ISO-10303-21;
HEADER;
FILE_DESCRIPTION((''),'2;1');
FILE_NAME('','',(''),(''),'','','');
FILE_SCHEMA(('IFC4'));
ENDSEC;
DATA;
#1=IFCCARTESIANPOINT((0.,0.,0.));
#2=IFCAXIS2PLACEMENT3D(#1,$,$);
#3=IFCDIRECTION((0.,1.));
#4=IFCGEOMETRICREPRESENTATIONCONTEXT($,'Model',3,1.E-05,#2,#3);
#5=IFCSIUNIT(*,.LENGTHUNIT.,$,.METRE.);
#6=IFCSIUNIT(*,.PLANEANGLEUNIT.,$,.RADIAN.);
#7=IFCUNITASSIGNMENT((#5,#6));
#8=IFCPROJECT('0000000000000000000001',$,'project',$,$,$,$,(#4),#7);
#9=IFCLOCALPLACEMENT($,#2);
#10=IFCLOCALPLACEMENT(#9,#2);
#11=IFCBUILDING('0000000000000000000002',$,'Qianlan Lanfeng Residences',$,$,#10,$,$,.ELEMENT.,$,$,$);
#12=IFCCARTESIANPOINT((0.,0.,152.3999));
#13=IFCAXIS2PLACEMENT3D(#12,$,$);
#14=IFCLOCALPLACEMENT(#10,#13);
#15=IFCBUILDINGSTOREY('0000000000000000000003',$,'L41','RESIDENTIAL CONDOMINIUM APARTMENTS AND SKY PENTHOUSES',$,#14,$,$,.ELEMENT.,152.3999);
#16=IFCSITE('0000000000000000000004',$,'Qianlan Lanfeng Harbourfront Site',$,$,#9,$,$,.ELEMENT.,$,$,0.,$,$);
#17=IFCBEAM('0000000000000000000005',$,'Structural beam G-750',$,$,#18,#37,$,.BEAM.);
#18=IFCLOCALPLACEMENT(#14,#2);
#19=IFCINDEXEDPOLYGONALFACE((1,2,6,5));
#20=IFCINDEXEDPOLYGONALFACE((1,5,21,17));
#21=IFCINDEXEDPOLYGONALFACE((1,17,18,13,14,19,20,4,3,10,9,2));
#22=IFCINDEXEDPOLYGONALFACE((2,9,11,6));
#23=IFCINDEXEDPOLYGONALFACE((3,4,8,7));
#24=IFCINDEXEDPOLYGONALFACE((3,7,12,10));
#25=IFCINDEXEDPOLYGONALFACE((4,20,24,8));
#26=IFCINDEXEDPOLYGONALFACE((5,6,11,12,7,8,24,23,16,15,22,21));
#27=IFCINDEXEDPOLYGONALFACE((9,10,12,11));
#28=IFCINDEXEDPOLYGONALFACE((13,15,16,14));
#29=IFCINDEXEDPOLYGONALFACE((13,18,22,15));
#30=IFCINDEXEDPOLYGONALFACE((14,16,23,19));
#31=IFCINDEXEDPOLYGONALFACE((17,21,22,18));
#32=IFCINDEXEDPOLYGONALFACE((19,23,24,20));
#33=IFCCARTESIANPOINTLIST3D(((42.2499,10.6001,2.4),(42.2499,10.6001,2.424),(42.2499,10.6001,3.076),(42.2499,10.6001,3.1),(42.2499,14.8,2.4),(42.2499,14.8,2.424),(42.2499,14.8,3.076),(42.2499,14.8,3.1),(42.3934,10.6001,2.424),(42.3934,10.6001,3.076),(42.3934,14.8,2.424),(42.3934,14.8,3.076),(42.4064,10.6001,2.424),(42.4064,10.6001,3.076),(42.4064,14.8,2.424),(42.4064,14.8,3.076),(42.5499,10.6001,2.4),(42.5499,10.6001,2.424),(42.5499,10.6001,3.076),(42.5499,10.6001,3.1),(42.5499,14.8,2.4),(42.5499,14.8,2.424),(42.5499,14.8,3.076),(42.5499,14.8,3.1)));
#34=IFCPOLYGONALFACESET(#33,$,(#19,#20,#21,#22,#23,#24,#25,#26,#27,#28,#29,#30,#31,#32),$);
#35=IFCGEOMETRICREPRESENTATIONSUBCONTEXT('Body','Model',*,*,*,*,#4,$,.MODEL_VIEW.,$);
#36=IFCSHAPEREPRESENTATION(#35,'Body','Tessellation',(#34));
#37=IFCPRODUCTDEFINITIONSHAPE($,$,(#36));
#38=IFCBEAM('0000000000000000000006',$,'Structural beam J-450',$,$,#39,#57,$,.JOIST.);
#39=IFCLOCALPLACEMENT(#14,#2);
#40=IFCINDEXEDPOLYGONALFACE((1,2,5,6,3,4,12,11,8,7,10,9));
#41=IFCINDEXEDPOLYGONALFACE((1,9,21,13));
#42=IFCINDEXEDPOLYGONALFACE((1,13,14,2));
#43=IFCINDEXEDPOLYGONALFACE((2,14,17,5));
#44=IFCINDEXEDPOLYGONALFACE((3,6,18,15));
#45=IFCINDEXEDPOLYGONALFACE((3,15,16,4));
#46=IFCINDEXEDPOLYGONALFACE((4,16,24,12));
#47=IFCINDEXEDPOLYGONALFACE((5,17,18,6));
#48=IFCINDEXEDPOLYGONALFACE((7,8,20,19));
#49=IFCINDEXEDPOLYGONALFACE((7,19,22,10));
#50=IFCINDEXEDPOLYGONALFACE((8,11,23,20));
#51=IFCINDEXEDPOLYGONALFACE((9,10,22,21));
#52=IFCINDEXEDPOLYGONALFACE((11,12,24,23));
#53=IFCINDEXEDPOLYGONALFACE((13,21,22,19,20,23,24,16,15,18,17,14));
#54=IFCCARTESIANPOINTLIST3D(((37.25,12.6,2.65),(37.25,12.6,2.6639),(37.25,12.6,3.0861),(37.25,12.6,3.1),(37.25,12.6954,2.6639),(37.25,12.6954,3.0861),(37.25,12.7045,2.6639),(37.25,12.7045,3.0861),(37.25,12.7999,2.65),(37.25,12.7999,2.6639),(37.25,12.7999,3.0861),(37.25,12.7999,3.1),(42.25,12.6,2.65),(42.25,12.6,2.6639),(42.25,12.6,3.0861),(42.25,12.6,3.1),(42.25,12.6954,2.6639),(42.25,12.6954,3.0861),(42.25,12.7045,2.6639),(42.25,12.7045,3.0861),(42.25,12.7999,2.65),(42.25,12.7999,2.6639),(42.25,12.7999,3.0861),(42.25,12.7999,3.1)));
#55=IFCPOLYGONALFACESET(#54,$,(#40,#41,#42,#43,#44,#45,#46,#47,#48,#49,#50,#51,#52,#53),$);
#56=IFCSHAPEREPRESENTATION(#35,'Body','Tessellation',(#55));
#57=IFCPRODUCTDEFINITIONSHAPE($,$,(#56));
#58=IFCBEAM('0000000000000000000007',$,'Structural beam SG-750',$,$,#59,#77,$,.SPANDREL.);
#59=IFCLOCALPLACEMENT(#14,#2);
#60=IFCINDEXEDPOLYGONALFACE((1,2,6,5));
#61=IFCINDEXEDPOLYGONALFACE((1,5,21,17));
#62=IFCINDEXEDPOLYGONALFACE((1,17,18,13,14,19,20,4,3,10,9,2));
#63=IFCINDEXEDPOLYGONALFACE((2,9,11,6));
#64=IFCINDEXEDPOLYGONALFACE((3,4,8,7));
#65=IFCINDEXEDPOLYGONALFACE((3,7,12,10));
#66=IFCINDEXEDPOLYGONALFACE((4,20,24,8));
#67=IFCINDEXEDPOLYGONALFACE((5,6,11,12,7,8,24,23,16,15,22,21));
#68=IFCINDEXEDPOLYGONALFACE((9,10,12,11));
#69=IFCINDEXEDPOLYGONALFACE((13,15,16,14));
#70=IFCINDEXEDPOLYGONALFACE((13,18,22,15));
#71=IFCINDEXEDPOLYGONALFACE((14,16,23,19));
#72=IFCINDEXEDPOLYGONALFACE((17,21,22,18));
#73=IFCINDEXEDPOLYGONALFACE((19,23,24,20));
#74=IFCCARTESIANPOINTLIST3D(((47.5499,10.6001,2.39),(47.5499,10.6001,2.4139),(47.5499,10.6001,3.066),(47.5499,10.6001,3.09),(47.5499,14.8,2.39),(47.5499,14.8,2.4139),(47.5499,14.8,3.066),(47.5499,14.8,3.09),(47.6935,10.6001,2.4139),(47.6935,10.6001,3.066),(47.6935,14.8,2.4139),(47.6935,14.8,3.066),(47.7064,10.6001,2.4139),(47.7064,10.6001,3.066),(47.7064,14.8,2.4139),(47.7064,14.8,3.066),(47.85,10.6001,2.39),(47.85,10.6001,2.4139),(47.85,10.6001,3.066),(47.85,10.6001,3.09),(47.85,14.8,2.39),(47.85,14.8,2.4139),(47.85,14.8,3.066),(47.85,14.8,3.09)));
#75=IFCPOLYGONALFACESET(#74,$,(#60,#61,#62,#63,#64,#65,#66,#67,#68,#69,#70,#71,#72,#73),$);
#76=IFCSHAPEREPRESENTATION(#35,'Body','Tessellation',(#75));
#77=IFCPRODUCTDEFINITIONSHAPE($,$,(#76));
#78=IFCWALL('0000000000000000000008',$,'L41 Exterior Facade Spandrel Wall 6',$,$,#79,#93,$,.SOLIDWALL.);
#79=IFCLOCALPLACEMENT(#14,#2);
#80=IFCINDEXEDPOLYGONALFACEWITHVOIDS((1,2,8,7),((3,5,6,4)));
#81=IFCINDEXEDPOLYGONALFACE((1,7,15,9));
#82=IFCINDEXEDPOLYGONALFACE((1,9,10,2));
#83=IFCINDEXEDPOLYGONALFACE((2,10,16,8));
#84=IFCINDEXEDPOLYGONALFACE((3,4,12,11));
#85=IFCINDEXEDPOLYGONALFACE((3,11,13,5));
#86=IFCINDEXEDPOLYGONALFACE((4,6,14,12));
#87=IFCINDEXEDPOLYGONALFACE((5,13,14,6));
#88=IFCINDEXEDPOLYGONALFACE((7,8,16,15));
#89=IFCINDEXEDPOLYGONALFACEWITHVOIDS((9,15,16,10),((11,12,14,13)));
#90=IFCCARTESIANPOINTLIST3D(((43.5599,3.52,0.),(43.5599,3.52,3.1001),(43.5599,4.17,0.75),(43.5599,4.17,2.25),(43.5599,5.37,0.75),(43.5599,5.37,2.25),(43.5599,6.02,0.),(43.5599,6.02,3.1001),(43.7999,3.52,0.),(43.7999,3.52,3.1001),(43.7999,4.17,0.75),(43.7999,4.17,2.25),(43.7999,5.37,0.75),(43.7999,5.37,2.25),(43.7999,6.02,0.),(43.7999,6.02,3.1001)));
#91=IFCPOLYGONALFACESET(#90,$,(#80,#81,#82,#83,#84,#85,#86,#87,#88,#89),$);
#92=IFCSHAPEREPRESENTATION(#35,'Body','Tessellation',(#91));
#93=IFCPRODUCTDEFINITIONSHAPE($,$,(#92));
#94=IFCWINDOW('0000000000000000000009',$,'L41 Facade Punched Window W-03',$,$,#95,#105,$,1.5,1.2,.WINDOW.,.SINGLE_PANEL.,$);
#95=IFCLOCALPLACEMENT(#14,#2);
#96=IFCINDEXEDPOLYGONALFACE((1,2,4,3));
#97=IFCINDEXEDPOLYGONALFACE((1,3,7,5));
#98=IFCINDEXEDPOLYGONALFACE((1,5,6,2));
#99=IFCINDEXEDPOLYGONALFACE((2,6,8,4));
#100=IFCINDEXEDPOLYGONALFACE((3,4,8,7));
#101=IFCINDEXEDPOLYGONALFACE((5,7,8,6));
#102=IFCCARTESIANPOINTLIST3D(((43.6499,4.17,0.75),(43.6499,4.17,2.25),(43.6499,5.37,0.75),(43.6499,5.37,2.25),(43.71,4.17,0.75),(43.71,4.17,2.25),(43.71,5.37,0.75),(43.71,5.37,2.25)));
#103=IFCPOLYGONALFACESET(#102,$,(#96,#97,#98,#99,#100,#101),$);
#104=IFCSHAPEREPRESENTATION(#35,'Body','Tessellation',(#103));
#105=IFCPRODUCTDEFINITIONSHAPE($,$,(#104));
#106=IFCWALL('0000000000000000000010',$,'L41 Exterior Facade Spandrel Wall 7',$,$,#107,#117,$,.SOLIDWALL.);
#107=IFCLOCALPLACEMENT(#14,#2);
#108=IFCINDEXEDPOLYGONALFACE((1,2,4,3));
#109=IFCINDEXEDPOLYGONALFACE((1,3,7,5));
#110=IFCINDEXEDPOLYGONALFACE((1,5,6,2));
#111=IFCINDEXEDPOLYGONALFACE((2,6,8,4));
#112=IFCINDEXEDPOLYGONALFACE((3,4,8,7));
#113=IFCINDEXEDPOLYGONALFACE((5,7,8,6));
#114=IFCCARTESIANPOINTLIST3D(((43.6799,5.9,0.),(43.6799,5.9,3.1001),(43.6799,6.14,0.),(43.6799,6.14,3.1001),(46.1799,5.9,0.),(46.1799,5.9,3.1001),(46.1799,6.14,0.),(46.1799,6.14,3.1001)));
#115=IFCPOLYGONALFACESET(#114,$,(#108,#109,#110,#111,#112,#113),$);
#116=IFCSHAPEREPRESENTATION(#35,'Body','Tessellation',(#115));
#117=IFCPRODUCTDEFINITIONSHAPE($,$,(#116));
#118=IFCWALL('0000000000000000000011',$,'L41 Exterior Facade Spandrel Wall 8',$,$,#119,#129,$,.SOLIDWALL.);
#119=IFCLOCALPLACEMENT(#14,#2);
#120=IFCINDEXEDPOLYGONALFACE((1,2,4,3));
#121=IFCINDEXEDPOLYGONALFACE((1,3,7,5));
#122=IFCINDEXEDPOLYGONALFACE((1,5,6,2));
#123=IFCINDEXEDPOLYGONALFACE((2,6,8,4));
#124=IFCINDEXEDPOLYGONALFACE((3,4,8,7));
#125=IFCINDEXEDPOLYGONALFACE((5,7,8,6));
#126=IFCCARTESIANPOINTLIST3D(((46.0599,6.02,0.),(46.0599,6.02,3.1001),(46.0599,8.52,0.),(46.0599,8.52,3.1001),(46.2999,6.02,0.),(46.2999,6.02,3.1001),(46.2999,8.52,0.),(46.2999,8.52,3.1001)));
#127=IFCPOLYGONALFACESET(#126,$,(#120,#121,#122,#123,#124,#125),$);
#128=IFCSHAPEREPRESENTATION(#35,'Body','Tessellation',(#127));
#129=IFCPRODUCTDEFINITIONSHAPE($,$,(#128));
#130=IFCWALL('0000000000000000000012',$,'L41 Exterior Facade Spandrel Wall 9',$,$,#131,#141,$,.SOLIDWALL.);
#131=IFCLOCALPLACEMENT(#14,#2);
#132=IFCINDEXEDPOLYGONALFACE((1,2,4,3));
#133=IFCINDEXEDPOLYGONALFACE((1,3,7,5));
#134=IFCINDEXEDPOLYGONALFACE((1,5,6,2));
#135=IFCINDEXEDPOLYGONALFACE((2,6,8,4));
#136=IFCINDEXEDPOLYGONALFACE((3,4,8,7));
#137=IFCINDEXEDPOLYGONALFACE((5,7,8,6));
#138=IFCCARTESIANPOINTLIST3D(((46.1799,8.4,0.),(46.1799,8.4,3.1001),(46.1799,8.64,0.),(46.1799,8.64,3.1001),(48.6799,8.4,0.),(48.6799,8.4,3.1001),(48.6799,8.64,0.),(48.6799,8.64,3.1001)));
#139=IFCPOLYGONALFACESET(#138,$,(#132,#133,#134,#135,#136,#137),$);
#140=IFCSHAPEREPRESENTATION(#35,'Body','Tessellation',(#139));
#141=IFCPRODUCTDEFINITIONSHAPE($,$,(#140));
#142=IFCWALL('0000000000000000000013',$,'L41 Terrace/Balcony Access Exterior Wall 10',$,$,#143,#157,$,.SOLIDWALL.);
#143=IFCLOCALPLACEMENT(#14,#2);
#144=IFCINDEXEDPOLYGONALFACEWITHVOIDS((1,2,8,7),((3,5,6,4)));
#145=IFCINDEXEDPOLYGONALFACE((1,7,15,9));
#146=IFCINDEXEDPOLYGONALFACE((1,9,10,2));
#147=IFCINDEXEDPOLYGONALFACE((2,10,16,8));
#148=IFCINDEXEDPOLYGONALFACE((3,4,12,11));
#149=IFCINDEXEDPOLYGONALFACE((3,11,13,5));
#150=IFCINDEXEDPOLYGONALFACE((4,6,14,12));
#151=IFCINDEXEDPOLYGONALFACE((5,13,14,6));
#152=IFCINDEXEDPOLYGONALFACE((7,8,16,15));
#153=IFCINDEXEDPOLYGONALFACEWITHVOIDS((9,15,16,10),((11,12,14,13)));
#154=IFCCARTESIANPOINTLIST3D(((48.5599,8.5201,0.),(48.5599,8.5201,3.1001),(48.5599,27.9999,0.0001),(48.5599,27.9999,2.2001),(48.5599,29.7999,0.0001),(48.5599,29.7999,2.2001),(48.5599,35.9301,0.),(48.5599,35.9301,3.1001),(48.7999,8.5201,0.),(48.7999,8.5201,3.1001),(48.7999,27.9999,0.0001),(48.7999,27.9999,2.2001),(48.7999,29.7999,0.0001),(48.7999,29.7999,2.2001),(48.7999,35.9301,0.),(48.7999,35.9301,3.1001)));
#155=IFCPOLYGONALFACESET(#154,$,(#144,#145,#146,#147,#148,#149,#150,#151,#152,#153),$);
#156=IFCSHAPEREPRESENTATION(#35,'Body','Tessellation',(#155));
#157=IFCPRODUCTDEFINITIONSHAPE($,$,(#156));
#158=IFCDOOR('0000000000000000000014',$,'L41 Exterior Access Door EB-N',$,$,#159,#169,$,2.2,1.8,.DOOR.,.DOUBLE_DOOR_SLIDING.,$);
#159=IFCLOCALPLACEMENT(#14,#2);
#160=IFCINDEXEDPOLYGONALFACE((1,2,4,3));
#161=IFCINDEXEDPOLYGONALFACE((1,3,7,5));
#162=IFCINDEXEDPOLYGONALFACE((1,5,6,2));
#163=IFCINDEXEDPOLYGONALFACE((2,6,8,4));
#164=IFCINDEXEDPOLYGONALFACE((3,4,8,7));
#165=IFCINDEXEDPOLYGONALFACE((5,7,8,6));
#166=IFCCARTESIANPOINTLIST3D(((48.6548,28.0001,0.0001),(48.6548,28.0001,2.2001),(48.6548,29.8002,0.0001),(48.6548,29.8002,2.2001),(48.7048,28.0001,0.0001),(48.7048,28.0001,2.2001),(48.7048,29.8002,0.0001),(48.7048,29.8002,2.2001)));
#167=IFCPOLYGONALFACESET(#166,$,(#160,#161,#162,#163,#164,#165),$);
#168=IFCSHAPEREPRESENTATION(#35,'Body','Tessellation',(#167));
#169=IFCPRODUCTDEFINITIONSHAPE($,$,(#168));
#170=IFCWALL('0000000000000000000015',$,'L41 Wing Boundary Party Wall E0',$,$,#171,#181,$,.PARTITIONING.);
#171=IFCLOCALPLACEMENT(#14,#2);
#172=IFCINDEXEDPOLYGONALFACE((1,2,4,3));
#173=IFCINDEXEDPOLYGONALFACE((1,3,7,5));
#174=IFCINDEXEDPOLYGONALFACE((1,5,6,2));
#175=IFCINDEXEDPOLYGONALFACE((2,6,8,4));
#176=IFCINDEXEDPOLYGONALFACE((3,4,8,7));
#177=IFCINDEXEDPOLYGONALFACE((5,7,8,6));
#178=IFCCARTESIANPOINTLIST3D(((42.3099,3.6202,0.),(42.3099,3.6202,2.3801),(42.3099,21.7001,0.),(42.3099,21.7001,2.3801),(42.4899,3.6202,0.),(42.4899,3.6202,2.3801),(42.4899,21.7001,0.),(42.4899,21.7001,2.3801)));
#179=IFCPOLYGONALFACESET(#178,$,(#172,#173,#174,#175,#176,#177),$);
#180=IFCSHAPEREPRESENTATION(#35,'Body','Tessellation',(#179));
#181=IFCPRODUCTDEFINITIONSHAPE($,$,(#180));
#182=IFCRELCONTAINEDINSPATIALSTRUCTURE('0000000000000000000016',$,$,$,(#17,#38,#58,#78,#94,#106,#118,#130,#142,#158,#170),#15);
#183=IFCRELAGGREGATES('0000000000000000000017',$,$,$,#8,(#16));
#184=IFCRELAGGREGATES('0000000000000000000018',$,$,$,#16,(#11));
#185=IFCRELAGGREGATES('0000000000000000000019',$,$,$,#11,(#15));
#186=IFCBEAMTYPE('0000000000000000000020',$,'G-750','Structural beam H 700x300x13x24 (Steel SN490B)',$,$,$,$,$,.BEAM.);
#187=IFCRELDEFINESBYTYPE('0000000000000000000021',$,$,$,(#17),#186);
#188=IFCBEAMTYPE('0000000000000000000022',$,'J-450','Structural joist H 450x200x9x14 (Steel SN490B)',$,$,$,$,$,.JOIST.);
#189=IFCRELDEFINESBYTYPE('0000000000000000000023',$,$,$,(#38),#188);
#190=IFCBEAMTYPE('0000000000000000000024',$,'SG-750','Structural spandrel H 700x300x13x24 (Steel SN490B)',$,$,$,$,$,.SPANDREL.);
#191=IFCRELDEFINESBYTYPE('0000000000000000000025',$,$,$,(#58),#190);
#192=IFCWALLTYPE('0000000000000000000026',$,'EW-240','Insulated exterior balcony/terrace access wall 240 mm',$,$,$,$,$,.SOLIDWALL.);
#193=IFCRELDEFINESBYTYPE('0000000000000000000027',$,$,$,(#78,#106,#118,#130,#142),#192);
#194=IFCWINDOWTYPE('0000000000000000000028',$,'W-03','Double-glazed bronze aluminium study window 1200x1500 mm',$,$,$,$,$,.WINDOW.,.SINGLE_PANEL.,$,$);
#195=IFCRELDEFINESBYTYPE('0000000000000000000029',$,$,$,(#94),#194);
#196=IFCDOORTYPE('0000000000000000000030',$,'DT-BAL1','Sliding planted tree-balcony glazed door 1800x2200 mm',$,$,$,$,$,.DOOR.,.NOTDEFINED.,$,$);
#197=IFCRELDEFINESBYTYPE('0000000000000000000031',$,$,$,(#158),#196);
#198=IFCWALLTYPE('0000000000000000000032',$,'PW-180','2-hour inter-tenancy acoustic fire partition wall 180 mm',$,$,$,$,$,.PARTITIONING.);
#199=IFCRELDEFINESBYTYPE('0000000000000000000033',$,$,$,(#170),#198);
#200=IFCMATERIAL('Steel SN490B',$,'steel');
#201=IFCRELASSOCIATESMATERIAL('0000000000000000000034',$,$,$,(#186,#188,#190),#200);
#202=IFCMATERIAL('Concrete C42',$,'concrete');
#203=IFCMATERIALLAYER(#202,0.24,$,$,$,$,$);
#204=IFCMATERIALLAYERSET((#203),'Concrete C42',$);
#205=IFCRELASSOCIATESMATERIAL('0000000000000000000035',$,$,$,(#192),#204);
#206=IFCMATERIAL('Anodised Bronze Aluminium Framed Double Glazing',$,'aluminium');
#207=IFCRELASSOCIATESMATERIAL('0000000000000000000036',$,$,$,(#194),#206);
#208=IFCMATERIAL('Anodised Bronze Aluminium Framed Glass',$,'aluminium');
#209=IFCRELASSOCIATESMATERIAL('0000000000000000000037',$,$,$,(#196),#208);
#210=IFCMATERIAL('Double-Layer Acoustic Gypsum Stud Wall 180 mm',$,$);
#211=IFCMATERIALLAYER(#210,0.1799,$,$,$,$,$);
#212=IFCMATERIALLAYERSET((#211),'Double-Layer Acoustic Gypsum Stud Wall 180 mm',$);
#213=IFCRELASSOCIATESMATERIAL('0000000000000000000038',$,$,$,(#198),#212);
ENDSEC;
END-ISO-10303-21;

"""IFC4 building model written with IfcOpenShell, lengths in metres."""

from ifc_helpers import new_model, si_unit, direction, frame, frame_2d, origin, origin_2d, place, context, subcontext, project, spatial, rectangle, i_section, extrude, material, layer, layer_set, material_profile, profile_set, type_object, element, fill, save


model = new_model("IFC4")

# Units and contexts
model_context = context("Model", 3, precision=1e-05, world=origin(), true_north=direction((0.0, 1.0)))
body_context = subcontext(model_context, "Body", "Model", "MODEL_VIEW")
ifc_project = project(units=[si_unit("LENGTHUNIT", "METRE"), si_unit("PLANEANGLEUNIT", "RADIAN")], contexts=[model_context])

# Site, building, storey
site_placement = place(None, origin())
site = spatial("IfcSite", under=ifc_project, at=site_placement, Name="Qianlan Lanfeng Harbourfront Site", CompositionType="ELEMENT", RefElevation=0.0)
building_placement = place(site_placement, origin())
building = spatial("IfcBuilding", under=site, at=building_placement, Name="Qianlan Lanfeng Residences", CompositionType="ELEMENT")
storey_placement = place(building_placement, frame((0.0, 0.0, 152.3999)))
storey = spatial("IfcBuildingStorey", under=building, at=storey_placement, Name="L41", Description="RESIDENTIAL CONDOMINIUM APARTMENTS AND SKY PENTHOUSES", CompositionType="ELEMENT", Elevation=152.3999)

# Shared definitions
ifc_material_1 = material(Name="Steel SN490B", Category="steel")

# Beams
ifc_material_profile_1 = material_profile(ifc_material_1, i_section(OverallWidth=0.3, OverallDepth=0.7, WebThickness=0.0129, FlangeThickness=0.0239, at=origin_2d()), Name="H 700x300x13x24")
ifc_profile_set_1 = profile_set([ifc_material_profile_1], Name="Steel SN490B")
beam_type_1 = type_object("IfcBeamType", Name="G-750", Description="Structural beam H 700x300x13x24 (Steel SN490B)", PredefinedType="BEAM", material=ifc_profile_set_1)
beam_1_placement = place(storey_placement, frame((42.3999, 10.6001, 2.75), z_axis=(0.0, 1.0, 0.0), x_axis=(-1.0, 0.0, 0.0)))
element("IfcBeam", 1, at=beam_1_placement, inside=storey, type_object=beam_type_1, Name="Structural beam G-750", PredefinedType="BEAM", context=body_context, shape_type="SweptSolid", body=[
    extrude(i_section(OverallWidth=0.3, OverallDepth=0.7, WebThickness=0.0129, FlangeThickness=0.0239, at=origin_2d()), origin(), (0.0, 0.0, 1.0), 4.2),
])
ifc_material_profile_2 = material_profile(ifc_material_1, i_section(OverallWidth=0.2, OverallDepth=0.45, WebThickness=0.009, FlangeThickness=0.0139, at=origin_2d()), Name="H 450x200x9x14")
ifc_profile_set_2 = profile_set([ifc_material_profile_2], Name="Steel SN490B")
beam_type_2 = type_object("IfcBeamType", Name="J-450", Description="Structural joist H 450x200x9x14 (Steel SN490B)", PredefinedType="JOIST", material=ifc_profile_set_2)
beam_2_placement = place(storey_placement, frame((37.25, 12.7, 2.875), z_axis=(1.0, 0.0, 0.0), x_axis=(0.0, 1.0, 0.0)))
element("IfcBeam", 2, at=beam_2_placement, inside=storey, type_object=beam_type_2, Name="Structural beam J-450", PredefinedType="JOIST", context=body_context, shape_type="SweptSolid", body=[
    extrude(i_section(OverallWidth=0.2, OverallDepth=0.45, WebThickness=0.009, FlangeThickness=0.0139, at=origin_2d()), origin(), (0.0, 0.0, 1.0), 5.0),
])
ifc_material_profile_3 = material_profile(ifc_material_1, i_section(OverallWidth=0.3, OverallDepth=0.7, WebThickness=0.0129, FlangeThickness=0.0239, at=origin_2d()), Name="H 700x300x13x24")
ifc_profile_set_3 = profile_set([ifc_material_profile_3], Name="Steel SN490B")
beam_type_3 = type_object("IfcBeamType", Name="SG-750", Description="Structural spandrel H 700x300x13x24 (Steel SN490B)", PredefinedType="SPANDREL", material=ifc_profile_set_3)
beam_3_placement = place(storey_placement, frame((47.7, 10.6001, 2.74), z_axis=(0.0, 1.0, 0.0), x_axis=(-1.0, 0.0, 0.0)))
element("IfcBeam", 3, at=beam_3_placement, inside=storey, type_object=beam_type_3, Name="Structural beam SG-750", PredefinedType="SPANDREL", context=body_context, shape_type="SweptSolid", body=[
    extrude(i_section(OverallWidth=0.3, OverallDepth=0.7, WebThickness=0.0129, FlangeThickness=0.0239, at=origin_2d()), origin(), (0.0, 0.0, 1.0), 4.2),
])

# Wall, opening, window
ifc_material_2 = material(Name="Concrete C42", Category="concrete")
ifc_layer_1 = layer(ifc_material_2, 0.24)
ifc_layer_set_1 = layer_set([ifc_layer_1], Name="Concrete C42")
wall_type_1 = type_object("IfcWallType", Name="EW-240", Description="Insulated exterior balcony/terrace access wall 240 mm", PredefinedType="SOLIDWALL", material=ifc_layer_set_1)
wall_1_placement = place(storey_placement, frame((43.6799, 3.52, 0.0), z_axis=(0.0, 0.0, 1.0), x_axis=(0.0, 1.0, 0.0)))
wall_1 = element("IfcWall", 4, at=wall_1_placement, inside=storey, type_object=wall_type_1, Name="L41 Exterior Facade Spandrel Wall 6", PredefinedType="SOLIDWALL", context=body_context, shape_type="SweptSolid", body=[
    extrude(rectangle(XDim=2.5, YDim=0.24, at=frame_2d((1.25, 0.0))), origin(), (0.0, 0.0, 1.0), 3.1001),
])
opening_1_placement = place(wall_1_placement, frame((0.6499, 0.0, 0.75)))
opening_1 = element("IfcOpeningElement", 5, at=opening_1_placement, cuts=wall_1, PredefinedType="OPENING", context=body_context, shape_type="SweptSolid", body=[
    extrude(rectangle(XDim=1.2, YDim=1.5, at=frame_2d((0.6001, 0.75))), frame((0.0, 0.1299, 0.0), z_axis=(0.0, -1.0, 0.0), x_axis=(1.0, 0.0, 0.0)), (0.0, 0.0, 1.0), 0.26),
])
ifc_material_3 = material(Name="Anodised Bronze Aluminium Framed Double Glazing", Category="aluminium")
window_type = type_object("IfcWindowType", Name="W-03", Description="Double-glazed bronze aluminium study window 1200x1500 mm", PartitioningType="SINGLE_PANEL", PredefinedType="WINDOW", material=ifc_material_3)
window_placement = place(opening_1_placement, origin())
window = element("IfcWindow", 6, at=window_placement, inside=storey, type_object=window_type, Name="L41 Facade Punched Window W-03", OverallHeight=1.5, OverallWidth=1.2, PartitioningType="SINGLE_PANEL", PredefinedType="WINDOW", context=body_context, shape_type="SweptSolid", body=[
    extrude(rectangle(XDim=1.2, YDim=1.5, at=frame_2d((0.6001, 0.75))), frame((0.0, 0.03, 0.0), z_axis=(0.0, -1.0, 0.0), x_axis=(1.0, 0.0, 0.0)), (0.0, 0.0, 1.0), 0.0601),
])
fill(opening_1, window)

# Walls
for number, where, z_axis, x_axis, name in (
    (7, (43.6799, 6.02, 0.0), (0.0, 0.0, 1.0), (1.0, 0.0, 0.0), "L41 Exterior Facade Spandrel Wall 7"),
    (8, (46.1799, 6.02, 0.0), (0.0, 0.0, 1.0), (0.0, 1.0, 0.0), "L41 Exterior Facade Spandrel Wall 8"),
    (9, (46.1799, 8.52, 0.0), (0.0, 0.0, 1.0), (1.0, 0.0, 0.0), "L41 Exterior Facade Spandrel Wall 9"),
):
    element("IfcWall", number, at=place(storey_placement, frame(where, z_axis=z_axis, x_axis=x_axis)), inside=storey, type_object=wall_type_1, Name=name, PredefinedType="SOLIDWALL", context=body_context, shape_type="SweptSolid", body=[
        extrude(rectangle(XDim=2.5, YDim=0.24, at=frame_2d((1.25, 0.0))), origin(), (0.0, 0.0, 1.0), 3.1001),
    ])

# Wall, opening, door
wall_2_placement = place(storey_placement, frame((48.6799, 8.52, 0.0), z_axis=(0.0, 0.0, 1.0), x_axis=(0.0, 1.0, 0.0)))
wall_2 = element("IfcWall", 10, at=wall_2_placement, inside=storey, type_object=wall_type_1, Name="L41 Terrace/Balcony Access Exterior Wall 10", PredefinedType="SOLIDWALL", context=body_context, shape_type="SweptSolid", body=[
    extrude(rectangle(XDim=27.4099, YDim=0.24, at=frame_2d((13.7051, 0.0))), origin(), (0.0, 0.0, 1.0), 3.1001),
])
opening_2_placement = place(wall_2_placement, frame((19.48, 0.0, 0.0)))
opening_2 = element("IfcOpeningElement", 11, at=opening_2_placement, cuts=wall_2, PredefinedType="OPENING", context=body_context, shape_type="SweptSolid", body=[
    extrude(rectangle(XDim=1.8, YDim=2.2, at=frame_2d((0.8999, 1.1001))), frame((0.0, 0.1299, 0.0), z_axis=(0.0, -1.0, 0.0), x_axis=(1.0, 0.0, 0.0)), (0.0, 0.0, 1.0), 0.26),
])
ifc_material_4 = material(Name="Anodised Bronze Aluminium Framed Glass", Category="aluminium")
door_type = type_object("IfcDoorType", Name="DT-BAL1", Description="Sliding planted tree-balcony glazed door 1800x2200 mm", OperationType="NOTDEFINED", PredefinedType="DOOR", material=ifc_material_4)
door_placement = place(opening_2_placement, frame((1.8, 0.0, 0.0), z_axis=(0.0, 0.0, 1.0), x_axis=(-1.0, 0.0, 0.0)))
door = element("IfcDoor", 12, at=door_placement, inside=storey, type_object=door_type, Name="L41 Exterior Access Door EB-N", OperationType="DOUBLE_DOOR_SLIDING", OverallHeight=2.2, OverallWidth=1.8, PredefinedType="DOOR", context=body_context, shape_type="SweptSolid", body=[
    extrude(rectangle(XDim=1.8, YDim=2.2, at=frame_2d((0.8999, 1.1001))), frame((0.0, 0.0249, 0.0), z_axis=(0.0, -1.0, 0.0), x_axis=(1.0, 0.0, 0.0)), (0.0, 0.0, 1.0), 0.05),
])
fill(opening_2, door)

# Wall
ifc_material_5 = material(Name="Double-Layer Acoustic Gypsum Stud Wall 180 mm")
ifc_layer_2 = layer(ifc_material_5, 0.1799)
ifc_layer_set_2 = layer_set([ifc_layer_2], Name="Double-Layer Acoustic Gypsum Stud Wall 180 mm")
wall_type_2 = type_object("IfcWallType", Name="PW-180", Description="2-hour inter-tenancy acoustic fire partition wall 180 mm", PredefinedType="PARTITIONING", material=ifc_layer_set_2)
wall_3_placement = place(storey_placement, frame((42.3999, 3.6201, 0.0), z_axis=(0.0, 0.0, 1.0), x_axis=(0.0, 1.0, 0.0)))
element("IfcWall", 13, at=wall_3_placement, inside=storey, type_object=wall_type_2, Name="L41 Wing Boundary Party Wall E0", PredefinedType="PARTITIONING", context=body_context, shape_type="SweptSolid", body=[
    extrude(rectangle(XDim=18.0798, YDim=0.1799, at=frame_2d((9.04, 0.0))), origin(), (0.0, 0.0, 1.0), 2.3801),
])

save(model, "model.ifc")
